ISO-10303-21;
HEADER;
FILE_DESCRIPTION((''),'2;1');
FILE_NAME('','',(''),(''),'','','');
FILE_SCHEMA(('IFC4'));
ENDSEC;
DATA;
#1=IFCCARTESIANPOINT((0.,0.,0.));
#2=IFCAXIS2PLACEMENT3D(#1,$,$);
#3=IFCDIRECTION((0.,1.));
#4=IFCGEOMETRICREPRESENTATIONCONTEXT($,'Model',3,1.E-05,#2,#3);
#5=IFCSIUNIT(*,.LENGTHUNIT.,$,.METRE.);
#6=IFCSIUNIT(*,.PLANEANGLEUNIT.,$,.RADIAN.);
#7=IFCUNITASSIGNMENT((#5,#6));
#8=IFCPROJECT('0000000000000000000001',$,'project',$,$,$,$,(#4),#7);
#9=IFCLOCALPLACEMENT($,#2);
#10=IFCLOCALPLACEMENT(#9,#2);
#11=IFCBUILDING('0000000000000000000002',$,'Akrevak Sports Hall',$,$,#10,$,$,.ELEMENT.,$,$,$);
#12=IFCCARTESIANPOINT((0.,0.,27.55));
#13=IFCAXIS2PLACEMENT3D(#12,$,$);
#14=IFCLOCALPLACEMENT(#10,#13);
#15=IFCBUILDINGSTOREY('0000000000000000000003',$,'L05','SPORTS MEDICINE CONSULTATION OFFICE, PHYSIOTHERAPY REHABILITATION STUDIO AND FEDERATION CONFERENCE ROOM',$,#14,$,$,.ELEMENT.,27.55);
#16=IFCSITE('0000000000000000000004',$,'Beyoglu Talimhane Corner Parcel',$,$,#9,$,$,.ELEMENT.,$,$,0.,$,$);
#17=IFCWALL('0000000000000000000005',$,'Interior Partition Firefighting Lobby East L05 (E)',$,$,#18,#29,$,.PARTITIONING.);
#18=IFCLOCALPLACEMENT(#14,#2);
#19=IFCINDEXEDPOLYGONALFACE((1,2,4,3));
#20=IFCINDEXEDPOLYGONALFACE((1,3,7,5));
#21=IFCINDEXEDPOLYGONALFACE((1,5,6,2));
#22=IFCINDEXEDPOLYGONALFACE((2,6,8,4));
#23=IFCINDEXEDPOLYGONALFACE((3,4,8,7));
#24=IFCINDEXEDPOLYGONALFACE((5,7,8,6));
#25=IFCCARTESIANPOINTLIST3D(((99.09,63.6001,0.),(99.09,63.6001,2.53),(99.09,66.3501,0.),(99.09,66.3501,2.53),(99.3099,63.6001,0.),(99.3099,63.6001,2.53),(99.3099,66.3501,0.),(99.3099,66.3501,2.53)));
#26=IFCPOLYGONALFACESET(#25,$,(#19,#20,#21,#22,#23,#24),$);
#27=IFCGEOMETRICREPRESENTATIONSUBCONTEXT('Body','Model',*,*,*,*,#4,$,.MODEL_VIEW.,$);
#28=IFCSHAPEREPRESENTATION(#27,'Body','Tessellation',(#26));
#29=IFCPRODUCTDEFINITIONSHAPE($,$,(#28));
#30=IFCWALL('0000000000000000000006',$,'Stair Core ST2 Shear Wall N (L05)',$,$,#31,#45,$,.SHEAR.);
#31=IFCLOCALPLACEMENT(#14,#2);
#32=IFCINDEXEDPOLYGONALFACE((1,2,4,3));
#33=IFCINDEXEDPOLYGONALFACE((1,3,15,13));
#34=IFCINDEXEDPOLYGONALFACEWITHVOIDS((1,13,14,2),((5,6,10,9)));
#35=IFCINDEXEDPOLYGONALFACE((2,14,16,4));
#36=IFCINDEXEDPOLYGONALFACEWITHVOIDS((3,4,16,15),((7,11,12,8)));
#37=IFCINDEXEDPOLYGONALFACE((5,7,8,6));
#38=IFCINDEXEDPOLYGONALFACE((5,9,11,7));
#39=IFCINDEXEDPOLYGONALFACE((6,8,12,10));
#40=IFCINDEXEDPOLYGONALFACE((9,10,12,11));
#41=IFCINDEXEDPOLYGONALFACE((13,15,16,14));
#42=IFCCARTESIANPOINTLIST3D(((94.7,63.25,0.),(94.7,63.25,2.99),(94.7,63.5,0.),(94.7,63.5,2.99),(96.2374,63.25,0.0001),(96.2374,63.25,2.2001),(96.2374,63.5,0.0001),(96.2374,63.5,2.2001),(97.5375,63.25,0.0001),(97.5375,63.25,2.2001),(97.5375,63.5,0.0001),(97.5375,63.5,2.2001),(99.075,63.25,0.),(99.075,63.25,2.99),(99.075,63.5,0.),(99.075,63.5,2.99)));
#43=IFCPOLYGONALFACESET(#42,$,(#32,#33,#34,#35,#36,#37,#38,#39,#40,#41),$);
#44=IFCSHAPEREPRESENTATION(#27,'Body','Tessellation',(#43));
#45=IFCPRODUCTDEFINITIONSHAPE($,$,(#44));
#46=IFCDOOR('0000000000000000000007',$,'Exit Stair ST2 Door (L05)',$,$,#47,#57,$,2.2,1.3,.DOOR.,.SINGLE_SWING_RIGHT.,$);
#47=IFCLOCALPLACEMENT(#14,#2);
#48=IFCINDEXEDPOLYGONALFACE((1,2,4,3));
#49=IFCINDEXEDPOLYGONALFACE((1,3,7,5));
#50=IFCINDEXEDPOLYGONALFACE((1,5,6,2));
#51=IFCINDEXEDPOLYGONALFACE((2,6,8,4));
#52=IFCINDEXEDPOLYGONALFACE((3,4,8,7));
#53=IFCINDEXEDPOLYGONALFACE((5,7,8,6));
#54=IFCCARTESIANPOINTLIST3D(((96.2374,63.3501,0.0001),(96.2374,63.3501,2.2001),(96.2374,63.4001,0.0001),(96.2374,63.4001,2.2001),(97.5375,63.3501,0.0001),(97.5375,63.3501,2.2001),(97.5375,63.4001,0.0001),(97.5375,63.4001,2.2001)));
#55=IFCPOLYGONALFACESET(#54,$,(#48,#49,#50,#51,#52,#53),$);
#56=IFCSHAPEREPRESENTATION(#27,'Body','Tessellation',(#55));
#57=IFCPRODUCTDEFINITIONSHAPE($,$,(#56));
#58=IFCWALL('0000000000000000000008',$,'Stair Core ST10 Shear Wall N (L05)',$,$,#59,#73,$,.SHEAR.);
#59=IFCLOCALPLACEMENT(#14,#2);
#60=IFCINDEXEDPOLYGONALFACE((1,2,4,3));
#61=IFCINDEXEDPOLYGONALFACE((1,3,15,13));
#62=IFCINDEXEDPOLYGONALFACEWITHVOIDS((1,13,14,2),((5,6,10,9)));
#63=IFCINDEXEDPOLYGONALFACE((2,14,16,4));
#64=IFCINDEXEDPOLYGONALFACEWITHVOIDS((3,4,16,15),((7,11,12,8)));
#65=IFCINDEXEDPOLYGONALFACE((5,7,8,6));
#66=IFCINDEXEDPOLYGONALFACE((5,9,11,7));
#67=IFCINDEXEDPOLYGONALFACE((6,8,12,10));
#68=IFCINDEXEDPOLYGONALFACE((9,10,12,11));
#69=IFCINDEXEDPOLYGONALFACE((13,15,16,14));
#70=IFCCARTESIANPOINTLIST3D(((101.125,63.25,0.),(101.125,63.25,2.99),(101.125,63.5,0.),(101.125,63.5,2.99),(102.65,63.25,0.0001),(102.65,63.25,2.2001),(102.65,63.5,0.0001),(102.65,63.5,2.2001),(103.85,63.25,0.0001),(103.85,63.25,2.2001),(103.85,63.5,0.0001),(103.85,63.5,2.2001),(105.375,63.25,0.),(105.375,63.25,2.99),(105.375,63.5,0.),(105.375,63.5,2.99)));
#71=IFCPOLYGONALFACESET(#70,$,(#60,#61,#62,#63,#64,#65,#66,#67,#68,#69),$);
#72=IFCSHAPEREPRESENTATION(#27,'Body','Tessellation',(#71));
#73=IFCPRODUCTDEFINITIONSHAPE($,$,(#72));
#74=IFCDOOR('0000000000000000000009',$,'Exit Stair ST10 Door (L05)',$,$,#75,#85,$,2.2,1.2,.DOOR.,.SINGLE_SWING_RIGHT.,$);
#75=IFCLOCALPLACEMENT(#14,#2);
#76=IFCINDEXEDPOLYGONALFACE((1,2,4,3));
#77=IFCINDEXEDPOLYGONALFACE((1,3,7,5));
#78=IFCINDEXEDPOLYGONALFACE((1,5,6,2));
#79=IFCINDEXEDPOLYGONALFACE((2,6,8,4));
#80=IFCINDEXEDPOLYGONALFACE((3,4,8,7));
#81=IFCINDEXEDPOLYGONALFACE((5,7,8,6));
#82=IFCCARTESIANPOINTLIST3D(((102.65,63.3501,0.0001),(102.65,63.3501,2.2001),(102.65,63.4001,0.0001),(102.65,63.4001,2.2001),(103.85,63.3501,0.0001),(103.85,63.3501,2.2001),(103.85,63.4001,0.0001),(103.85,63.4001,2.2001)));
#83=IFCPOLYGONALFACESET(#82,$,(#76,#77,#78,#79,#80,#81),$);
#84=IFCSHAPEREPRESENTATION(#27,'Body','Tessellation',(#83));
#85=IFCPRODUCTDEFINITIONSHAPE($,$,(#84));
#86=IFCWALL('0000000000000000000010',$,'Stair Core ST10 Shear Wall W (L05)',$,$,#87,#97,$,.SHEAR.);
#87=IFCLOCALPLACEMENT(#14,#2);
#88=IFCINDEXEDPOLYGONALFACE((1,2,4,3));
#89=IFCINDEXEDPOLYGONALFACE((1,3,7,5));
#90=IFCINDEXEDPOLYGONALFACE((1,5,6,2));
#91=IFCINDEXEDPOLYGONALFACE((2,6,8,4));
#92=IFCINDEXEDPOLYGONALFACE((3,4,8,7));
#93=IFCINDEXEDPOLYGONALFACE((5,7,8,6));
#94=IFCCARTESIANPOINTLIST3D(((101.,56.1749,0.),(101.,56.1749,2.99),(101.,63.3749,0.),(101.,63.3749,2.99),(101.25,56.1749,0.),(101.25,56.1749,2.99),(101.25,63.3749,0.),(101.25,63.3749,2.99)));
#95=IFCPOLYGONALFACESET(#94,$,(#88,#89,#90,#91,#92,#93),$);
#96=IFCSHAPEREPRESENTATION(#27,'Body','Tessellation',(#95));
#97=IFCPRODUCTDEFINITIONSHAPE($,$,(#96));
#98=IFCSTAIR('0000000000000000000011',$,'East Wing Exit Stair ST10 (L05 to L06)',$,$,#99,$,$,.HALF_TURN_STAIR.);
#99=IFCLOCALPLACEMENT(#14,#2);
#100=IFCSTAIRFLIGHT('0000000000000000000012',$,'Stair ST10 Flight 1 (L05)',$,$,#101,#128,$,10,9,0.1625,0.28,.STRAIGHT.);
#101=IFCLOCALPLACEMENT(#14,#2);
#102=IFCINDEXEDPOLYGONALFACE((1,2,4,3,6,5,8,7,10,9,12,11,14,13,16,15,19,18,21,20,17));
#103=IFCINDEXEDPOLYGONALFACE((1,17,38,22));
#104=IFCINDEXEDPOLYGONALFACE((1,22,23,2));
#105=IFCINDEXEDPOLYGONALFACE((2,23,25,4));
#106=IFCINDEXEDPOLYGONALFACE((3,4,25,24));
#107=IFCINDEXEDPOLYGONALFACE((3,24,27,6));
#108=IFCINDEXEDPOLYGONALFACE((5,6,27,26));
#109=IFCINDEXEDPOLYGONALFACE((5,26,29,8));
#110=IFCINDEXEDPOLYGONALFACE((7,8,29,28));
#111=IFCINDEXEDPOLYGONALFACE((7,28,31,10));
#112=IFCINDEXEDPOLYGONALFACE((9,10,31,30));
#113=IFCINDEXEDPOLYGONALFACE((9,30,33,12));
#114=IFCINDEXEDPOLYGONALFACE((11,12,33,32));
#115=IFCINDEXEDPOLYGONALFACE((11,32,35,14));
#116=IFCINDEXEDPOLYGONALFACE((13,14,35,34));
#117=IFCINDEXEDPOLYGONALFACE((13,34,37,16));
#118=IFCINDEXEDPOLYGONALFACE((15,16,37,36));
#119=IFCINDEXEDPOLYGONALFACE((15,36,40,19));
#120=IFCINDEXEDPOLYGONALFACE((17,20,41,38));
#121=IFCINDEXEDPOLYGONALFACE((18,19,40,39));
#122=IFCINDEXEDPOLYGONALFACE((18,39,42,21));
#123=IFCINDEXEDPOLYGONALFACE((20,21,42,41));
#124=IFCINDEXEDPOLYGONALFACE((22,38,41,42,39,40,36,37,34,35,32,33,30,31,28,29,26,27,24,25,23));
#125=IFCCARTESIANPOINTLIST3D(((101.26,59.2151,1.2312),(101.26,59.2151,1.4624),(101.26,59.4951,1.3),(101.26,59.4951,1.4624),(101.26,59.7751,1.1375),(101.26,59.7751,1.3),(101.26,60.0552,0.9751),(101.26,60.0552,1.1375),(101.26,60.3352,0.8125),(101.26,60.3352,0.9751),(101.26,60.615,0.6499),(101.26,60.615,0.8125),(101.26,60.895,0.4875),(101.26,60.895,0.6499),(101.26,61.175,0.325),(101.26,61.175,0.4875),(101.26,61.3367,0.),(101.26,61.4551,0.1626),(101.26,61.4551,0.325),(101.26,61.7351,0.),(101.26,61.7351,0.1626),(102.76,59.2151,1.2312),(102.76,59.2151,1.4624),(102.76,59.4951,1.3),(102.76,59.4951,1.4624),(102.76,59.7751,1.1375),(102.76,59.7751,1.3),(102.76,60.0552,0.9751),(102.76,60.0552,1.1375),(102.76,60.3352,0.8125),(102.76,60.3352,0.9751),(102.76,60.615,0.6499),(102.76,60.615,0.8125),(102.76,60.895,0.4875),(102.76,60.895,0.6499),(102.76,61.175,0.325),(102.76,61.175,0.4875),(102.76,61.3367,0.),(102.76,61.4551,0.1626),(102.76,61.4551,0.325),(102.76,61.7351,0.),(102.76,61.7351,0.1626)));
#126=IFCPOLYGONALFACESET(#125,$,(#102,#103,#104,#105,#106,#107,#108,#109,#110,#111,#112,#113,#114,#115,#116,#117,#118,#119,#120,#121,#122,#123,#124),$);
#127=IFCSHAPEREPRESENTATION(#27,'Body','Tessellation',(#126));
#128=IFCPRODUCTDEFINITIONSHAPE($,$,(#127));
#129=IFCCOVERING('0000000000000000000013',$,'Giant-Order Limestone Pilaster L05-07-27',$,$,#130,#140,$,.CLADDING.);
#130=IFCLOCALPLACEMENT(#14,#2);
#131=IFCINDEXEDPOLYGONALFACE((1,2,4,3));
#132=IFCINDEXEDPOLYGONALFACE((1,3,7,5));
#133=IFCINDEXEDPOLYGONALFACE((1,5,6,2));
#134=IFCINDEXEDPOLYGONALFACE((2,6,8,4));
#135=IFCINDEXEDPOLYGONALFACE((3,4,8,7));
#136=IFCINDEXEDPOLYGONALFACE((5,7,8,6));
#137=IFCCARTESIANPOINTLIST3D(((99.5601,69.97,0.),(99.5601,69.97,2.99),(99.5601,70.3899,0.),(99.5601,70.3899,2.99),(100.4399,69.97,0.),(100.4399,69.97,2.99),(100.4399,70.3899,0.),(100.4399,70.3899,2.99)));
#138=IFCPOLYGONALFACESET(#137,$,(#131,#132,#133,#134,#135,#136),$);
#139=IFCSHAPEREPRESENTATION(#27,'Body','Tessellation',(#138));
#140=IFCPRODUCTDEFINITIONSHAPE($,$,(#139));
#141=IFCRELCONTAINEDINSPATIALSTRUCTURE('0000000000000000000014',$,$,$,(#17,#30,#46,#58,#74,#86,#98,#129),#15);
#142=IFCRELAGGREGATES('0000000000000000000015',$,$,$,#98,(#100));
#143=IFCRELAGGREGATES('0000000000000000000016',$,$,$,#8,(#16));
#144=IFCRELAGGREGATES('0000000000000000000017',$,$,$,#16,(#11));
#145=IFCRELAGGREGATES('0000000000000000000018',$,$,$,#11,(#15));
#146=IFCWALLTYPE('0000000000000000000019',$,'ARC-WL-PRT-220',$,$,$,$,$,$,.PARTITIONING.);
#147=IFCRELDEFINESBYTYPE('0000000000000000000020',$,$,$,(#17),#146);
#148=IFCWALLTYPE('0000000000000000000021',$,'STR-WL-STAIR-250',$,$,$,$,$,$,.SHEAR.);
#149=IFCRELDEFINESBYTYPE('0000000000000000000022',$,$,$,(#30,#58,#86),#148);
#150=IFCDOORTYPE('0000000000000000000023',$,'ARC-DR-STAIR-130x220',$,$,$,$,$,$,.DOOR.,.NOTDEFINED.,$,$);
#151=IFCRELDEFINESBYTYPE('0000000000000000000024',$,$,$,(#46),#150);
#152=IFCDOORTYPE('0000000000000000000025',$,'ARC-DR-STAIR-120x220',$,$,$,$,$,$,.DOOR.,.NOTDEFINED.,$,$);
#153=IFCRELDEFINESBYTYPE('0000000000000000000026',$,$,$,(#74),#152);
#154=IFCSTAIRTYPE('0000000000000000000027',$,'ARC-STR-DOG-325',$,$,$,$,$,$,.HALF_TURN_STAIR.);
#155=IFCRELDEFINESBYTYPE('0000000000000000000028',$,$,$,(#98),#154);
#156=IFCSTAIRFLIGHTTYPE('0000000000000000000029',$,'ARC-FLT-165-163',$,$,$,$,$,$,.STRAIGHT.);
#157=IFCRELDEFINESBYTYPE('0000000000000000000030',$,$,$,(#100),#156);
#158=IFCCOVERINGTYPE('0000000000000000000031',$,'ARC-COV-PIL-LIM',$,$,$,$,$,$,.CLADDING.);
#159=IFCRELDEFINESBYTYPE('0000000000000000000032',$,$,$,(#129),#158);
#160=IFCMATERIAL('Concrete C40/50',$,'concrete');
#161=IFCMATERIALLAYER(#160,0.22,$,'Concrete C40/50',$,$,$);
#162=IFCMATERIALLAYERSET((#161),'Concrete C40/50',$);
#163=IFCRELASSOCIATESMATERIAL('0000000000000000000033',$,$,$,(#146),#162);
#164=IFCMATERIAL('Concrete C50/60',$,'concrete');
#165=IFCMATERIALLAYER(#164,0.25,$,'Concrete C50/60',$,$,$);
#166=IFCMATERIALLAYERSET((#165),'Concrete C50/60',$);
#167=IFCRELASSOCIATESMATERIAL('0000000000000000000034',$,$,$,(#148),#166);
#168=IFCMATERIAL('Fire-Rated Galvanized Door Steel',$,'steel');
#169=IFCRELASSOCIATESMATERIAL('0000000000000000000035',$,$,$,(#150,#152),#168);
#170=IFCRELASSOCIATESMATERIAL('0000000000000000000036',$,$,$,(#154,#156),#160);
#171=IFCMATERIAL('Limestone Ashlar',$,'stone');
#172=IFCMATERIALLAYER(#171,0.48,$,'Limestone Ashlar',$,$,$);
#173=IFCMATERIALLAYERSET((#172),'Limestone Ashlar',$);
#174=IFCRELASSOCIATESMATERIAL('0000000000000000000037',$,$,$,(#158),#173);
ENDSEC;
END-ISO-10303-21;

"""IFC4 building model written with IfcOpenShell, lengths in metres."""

from ifc_helpers import new_model, si_unit, direction, frame, frame_2d, origin, origin_2d, place, context, subcontext, project, spatial, polyline, rectangle, outline, extrude, material, layer, layer_set, type_object, element, fill, aggregate, save


model = new_model("IFC4")

# Units and contexts
model_context = context("Model", 3, precision=1e-05, world=origin(), true_north=direction((0.0, 1.0)))
body_context = subcontext(model_context, "Body", "Model", "MODEL_VIEW")
ifc_project = project(units=[si_unit("LENGTHUNIT", "METRE"), si_unit("PLANEANGLEUNIT", "RADIAN")], contexts=[model_context])

# Site, building, storey
site_placement = place(None, origin())
site = spatial("IfcSite", under=ifc_project, at=site_placement, Name="Beyoglu Talimhane Corner Parcel", CompositionType="ELEMENT", RefElevation=0.0)
building_placement = place(site_placement, origin())
building = spatial("IfcBuilding", under=site, at=building_placement, Name="Akrevak Sports Hall", CompositionType="ELEMENT")
storey_placement = place(building_placement, frame((0.0, 0.0, 27.55)))
storey = spatial("IfcBuildingStorey", under=building, at=storey_placement, Name="L05", Description="SPORTS MEDICINE CONSULTATION OFFICE, PHYSIOTHERAPY REHABILITATION STUDIO AND FEDERATION CONFERENCE ROOM", CompositionType="ELEMENT", Elevation=27.55)

# Shared definitions
ifc_material_1 = material(Name="Concrete C40/50", Category="concrete")

# Shared definitions
ifc_material_2 = material(Name="Limestone Ashlar", Category="stone")

# Shared definitions
ifc_material_3 = material(Name="Fire-Rated Galvanized Door Steel", Category="steel")

# Wall
ifc_layer_1 = layer(ifc_material_1, 0.22, Name="Concrete C40/50")
ifc_layer_set_1 = layer_set([ifc_layer_1], Name="Concrete C40/50")
wall_type_1 = type_object("IfcWallType", Name="ARC-WL-PRT-220", PredefinedType="PARTITIONING", material=ifc_layer_set_1)
wall_1_placement = place(storey_placement, frame((99.2, 63.6001, 0.0), z_axis=(0.0, 0.0, 1.0), x_axis=(0.0, 1.0, 0.0)))
element("IfcWall", 1, at=wall_1_placement, inside=storey, type_object=wall_type_1, Name="Interior Partition Firefighting Lobby East L05 (E)", PredefinedType="PARTITIONING", context=body_context, shape_type="SweptSolid", body=[
    extrude(rectangle(XDim=2.75, YDim=0.22, at=frame_2d((1.375, 0.0))), origin(), (0.0, 0.0, 1.0), 2.53),
])

# Walls, openings, doors
ifc_material_4 = material(Name="Concrete C50/60", Category="concrete")
ifc_layer_2 = layer(ifc_material_4, 0.25, Name="Concrete C50/60")
ifc_layer_set_2 = layer_set([ifc_layer_2], Name="Concrete C50/60")
wall_type_2 = type_object("IfcWallType", Name="STR-WL-STAIR-250", PredefinedType="SHEAR", material=ifc_layer_set_2)
wall_2_placement = place(storey_placement, frame((99.075, 63.375, 0.0), z_axis=(0.0, 0.0, 1.0), x_axis=(-1.0, 0.0, 0.0)))
wall_2 = element("IfcWall", 2, at=wall_2_placement, inside=storey, type_object=wall_type_2, Name="Stair Core ST2 Shear Wall N (L05)", PredefinedType="SHEAR", context=body_context, shape_type="SweptSolid", body=[
    extrude(rectangle(XDim=4.375, YDim=0.25, at=frame_2d((2.1875, 0.0))), origin(), (0.0, 0.0, 1.0), 2.99),
])
opening_1_placement = place(wall_2_placement, frame((1.5376, 0.0, 0.0)))
opening_1 = element("IfcOpeningElement", 3, at=opening_1_placement, cuts=wall_2, PredefinedType="OPENING", context=body_context, shape_type="SweptSolid", body=[
    extrude(rectangle(XDim=1.3, YDim=2.2, at=frame_2d((0.6499, 1.1001))), frame((0.0, 0.137, 0.0), z_axis=(0.0, -1.0, 0.0), x_axis=(1.0, 0.0, 0.0)), (0.0, 0.0, 1.0), 0.2739),
])
door_type_1 = type_object("IfcDoorType", Name="ARC-DR-STAIR-130x220", OperationType="NOTDEFINED", PredefinedType="DOOR", material=ifc_material_3)
door_1_placement = place(opening_1_placement, origin())
door_1 = element("IfcDoor", 4, at=door_1_placement, inside=storey, type_object=door_type_1, Name="Exit Stair ST2 Door (L05)", OperationType="SINGLE_SWING_RIGHT", OverallHeight=2.2, OverallWidth=1.3, PredefinedType="DOOR", context=body_context, shape_type="SweptSolid", body=[
    extrude(rectangle(XDim=1.3, YDim=2.2, at=frame_2d((0.6499, 1.1001))), frame((0.0, 0.0249, 0.0), z_axis=(0.0, -1.0, 0.0), x_axis=(1.0, 0.0, 0.0)), (0.0, 0.0, 1.0), 0.05),
])
fill(opening_1, door_1)
wall_3_placement = place(storey_placement, frame((105.375, 63.375, 0.0), z_axis=(0.0, 0.0, 1.0), x_axis=(-1.0, 0.0, 0.0)))
wall_3 = element("IfcWall", 5, at=wall_3_placement, inside=storey, type_object=wall_type_2, Name="Stair Core ST10 Shear Wall N (L05)", PredefinedType="SHEAR", context=body_context, shape_type="SweptSolid", body=[
    extrude(rectangle(XDim=4.25, YDim=0.25, at=frame_2d((2.125, 0.0))), origin(), (0.0, 0.0, 1.0), 2.99),
])
opening_2_placement = place(wall_3_placement, frame((1.5249, 0.0, 0.0)))
opening_2 = element("IfcOpeningElement", 6, at=opening_2_placement, cuts=wall_3, PredefinedType="OPENING", context=body_context, shape_type="SweptSolid", body=[
    extrude(rectangle(XDim=1.2, YDim=2.2, at=frame_2d((0.6001, 1.1001))), frame((0.0, 0.137, 0.0), z_axis=(0.0, -1.0, 0.0), x_axis=(1.0, 0.0, 0.0)), (0.0, 0.0, 1.0), 0.2739),
])
door_type_2 = type_object("IfcDoorType", Name="ARC-DR-STAIR-120x220", OperationType="NOTDEFINED", PredefinedType="DOOR", material=ifc_material_3)
door_2_placement = place(opening_2_placement, origin())
door_2 = element("IfcDoor", 7, at=door_2_placement, inside=storey, type_object=door_type_2, Name="Exit Stair ST10 Door (L05)", OperationType="SINGLE_SWING_RIGHT", OverallHeight=2.2, OverallWidth=1.2, PredefinedType="DOOR", context=body_context, shape_type="SweptSolid", body=[
    extrude(rectangle(XDim=1.2, YDim=2.2, at=frame_2d((0.6001, 1.1001))), frame((0.0, 0.0249, 0.0), z_axis=(0.0, -1.0, 0.0), x_axis=(1.0, 0.0, 0.0)), (0.0, 0.0, 1.0), 0.05),
])
fill(opening_2, door_2)

# Wall
wall_4_placement = place(storey_placement, frame((101.125, 63.375, 0.0), z_axis=(0.0, 0.0, 1.0), x_axis=(0.0, -1.0, 0.0)))
element("IfcWall", 8, at=wall_4_placement, inside=storey, type_object=wall_type_2, Name="Stair Core ST10 Shear Wall W (L05)", PredefinedType="SHEAR", context=body_context, shape_type="SweptSolid", body=[
    extrude(rectangle(XDim=7.2, YDim=0.25, at=frame_2d((3.6001, 0.0))), origin(), (0.0, 0.0, 1.0), 2.99),
])

# Stair, stair flight
stair_type = type_object("IfcStairType", Name="ARC-STR-DOG-325", PredefinedType="HALF_TURN_STAIR", material=ifc_material_1)
stair_placement = place(storey_placement, origin())
stair = element("IfcStair", 9, at=stair_placement, inside=storey, type_object=stair_type, Name="East Wing Exit Stair ST10 (L05 to L06)", PredefinedType="HALF_TURN_STAIR")
stair_flight_type = type_object("IfcStairFlightType", Name="ARC-FLT-165-163", PredefinedType="STRAIGHT", material=ifc_material_1)
stair_flight_placement = place(storey_placement, frame((102.01, 61.7351, 0.0), z_axis=(0.0, 0.0, 1.0), x_axis=(0.0, -1.0, 0.0)))
stair_flight = element("IfcStairFlight", 10, at=stair_flight_placement, type_object=stair_flight_type, Name="Stair ST10 Flight 1 (L05)", NumberOfRisers=10, NumberOfTreads=9, PredefinedType="STRAIGHT", RiserHeight=0.1625, TreadLength=0.28, context=body_context, shape_type="SweptSolid", body=[
    extrude(outline(polyline([(0.0, 0.0), (0.0, 0.1626), (0.28, 0.1626), (0.28, 0.325), (0.5601, 0.325), (0.5601, 0.4875), (0.8401, 0.4875), (0.8401, 0.6499), (1.1201, 0.6499), (1.1201, 0.8125), (1.3999, 0.8125), (1.3999, 0.9751), (1.6799, 0.9751), (1.6799, 1.1375), (1.96, 1.1375), (1.96, 1.3), (2.24, 1.3), (2.24, 1.4624), (2.52, 1.4624), (2.52, 1.625), (2.52, 1.2312), (0.3984, 0.0), (0.0, 0.0)])), frame((0.0, 0.75, 0.0), z_axis=(0.0, -1.0, 0.0), x_axis=(1.0, 0.0, 0.0)), (0.0, 0.0, 1.0), 1.5),
])
aggregate(stair, [stair_flight])

# Covering
ifc_layer_3 = layer(ifc_material_2, 0.48, Name="Limestone Ashlar")
ifc_layer_set_3 = layer_set([ifc_layer_3], Name="Limestone Ashlar")
covering_type = type_object("IfcCoveringType", Name="ARC-COV-PIL-LIM", PredefinedType="CLADDING", material=ifc_layer_set_3)
covering_placement = place(storey_placement, frame((100.0, 70.1799, 0.0), z_axis=(0.0, 0.0, 1.0), x_axis=(-1.0, 0.0, 0.0)))
element("IfcCovering", 11, at=covering_placement, inside=storey, type_object=covering_type, Name="Giant-Order Limestone Pilaster L05-07-27", PredefinedType="CLADDING", context=body_context, shape_type="SweptSolid", body=[
    extrude(rectangle(XDim=0.8799, YDim=0.4199, at=origin_2d()), origin(), (0.0, 0.0, 1.0), 2.99),
])

save(model, "model.ifc")
